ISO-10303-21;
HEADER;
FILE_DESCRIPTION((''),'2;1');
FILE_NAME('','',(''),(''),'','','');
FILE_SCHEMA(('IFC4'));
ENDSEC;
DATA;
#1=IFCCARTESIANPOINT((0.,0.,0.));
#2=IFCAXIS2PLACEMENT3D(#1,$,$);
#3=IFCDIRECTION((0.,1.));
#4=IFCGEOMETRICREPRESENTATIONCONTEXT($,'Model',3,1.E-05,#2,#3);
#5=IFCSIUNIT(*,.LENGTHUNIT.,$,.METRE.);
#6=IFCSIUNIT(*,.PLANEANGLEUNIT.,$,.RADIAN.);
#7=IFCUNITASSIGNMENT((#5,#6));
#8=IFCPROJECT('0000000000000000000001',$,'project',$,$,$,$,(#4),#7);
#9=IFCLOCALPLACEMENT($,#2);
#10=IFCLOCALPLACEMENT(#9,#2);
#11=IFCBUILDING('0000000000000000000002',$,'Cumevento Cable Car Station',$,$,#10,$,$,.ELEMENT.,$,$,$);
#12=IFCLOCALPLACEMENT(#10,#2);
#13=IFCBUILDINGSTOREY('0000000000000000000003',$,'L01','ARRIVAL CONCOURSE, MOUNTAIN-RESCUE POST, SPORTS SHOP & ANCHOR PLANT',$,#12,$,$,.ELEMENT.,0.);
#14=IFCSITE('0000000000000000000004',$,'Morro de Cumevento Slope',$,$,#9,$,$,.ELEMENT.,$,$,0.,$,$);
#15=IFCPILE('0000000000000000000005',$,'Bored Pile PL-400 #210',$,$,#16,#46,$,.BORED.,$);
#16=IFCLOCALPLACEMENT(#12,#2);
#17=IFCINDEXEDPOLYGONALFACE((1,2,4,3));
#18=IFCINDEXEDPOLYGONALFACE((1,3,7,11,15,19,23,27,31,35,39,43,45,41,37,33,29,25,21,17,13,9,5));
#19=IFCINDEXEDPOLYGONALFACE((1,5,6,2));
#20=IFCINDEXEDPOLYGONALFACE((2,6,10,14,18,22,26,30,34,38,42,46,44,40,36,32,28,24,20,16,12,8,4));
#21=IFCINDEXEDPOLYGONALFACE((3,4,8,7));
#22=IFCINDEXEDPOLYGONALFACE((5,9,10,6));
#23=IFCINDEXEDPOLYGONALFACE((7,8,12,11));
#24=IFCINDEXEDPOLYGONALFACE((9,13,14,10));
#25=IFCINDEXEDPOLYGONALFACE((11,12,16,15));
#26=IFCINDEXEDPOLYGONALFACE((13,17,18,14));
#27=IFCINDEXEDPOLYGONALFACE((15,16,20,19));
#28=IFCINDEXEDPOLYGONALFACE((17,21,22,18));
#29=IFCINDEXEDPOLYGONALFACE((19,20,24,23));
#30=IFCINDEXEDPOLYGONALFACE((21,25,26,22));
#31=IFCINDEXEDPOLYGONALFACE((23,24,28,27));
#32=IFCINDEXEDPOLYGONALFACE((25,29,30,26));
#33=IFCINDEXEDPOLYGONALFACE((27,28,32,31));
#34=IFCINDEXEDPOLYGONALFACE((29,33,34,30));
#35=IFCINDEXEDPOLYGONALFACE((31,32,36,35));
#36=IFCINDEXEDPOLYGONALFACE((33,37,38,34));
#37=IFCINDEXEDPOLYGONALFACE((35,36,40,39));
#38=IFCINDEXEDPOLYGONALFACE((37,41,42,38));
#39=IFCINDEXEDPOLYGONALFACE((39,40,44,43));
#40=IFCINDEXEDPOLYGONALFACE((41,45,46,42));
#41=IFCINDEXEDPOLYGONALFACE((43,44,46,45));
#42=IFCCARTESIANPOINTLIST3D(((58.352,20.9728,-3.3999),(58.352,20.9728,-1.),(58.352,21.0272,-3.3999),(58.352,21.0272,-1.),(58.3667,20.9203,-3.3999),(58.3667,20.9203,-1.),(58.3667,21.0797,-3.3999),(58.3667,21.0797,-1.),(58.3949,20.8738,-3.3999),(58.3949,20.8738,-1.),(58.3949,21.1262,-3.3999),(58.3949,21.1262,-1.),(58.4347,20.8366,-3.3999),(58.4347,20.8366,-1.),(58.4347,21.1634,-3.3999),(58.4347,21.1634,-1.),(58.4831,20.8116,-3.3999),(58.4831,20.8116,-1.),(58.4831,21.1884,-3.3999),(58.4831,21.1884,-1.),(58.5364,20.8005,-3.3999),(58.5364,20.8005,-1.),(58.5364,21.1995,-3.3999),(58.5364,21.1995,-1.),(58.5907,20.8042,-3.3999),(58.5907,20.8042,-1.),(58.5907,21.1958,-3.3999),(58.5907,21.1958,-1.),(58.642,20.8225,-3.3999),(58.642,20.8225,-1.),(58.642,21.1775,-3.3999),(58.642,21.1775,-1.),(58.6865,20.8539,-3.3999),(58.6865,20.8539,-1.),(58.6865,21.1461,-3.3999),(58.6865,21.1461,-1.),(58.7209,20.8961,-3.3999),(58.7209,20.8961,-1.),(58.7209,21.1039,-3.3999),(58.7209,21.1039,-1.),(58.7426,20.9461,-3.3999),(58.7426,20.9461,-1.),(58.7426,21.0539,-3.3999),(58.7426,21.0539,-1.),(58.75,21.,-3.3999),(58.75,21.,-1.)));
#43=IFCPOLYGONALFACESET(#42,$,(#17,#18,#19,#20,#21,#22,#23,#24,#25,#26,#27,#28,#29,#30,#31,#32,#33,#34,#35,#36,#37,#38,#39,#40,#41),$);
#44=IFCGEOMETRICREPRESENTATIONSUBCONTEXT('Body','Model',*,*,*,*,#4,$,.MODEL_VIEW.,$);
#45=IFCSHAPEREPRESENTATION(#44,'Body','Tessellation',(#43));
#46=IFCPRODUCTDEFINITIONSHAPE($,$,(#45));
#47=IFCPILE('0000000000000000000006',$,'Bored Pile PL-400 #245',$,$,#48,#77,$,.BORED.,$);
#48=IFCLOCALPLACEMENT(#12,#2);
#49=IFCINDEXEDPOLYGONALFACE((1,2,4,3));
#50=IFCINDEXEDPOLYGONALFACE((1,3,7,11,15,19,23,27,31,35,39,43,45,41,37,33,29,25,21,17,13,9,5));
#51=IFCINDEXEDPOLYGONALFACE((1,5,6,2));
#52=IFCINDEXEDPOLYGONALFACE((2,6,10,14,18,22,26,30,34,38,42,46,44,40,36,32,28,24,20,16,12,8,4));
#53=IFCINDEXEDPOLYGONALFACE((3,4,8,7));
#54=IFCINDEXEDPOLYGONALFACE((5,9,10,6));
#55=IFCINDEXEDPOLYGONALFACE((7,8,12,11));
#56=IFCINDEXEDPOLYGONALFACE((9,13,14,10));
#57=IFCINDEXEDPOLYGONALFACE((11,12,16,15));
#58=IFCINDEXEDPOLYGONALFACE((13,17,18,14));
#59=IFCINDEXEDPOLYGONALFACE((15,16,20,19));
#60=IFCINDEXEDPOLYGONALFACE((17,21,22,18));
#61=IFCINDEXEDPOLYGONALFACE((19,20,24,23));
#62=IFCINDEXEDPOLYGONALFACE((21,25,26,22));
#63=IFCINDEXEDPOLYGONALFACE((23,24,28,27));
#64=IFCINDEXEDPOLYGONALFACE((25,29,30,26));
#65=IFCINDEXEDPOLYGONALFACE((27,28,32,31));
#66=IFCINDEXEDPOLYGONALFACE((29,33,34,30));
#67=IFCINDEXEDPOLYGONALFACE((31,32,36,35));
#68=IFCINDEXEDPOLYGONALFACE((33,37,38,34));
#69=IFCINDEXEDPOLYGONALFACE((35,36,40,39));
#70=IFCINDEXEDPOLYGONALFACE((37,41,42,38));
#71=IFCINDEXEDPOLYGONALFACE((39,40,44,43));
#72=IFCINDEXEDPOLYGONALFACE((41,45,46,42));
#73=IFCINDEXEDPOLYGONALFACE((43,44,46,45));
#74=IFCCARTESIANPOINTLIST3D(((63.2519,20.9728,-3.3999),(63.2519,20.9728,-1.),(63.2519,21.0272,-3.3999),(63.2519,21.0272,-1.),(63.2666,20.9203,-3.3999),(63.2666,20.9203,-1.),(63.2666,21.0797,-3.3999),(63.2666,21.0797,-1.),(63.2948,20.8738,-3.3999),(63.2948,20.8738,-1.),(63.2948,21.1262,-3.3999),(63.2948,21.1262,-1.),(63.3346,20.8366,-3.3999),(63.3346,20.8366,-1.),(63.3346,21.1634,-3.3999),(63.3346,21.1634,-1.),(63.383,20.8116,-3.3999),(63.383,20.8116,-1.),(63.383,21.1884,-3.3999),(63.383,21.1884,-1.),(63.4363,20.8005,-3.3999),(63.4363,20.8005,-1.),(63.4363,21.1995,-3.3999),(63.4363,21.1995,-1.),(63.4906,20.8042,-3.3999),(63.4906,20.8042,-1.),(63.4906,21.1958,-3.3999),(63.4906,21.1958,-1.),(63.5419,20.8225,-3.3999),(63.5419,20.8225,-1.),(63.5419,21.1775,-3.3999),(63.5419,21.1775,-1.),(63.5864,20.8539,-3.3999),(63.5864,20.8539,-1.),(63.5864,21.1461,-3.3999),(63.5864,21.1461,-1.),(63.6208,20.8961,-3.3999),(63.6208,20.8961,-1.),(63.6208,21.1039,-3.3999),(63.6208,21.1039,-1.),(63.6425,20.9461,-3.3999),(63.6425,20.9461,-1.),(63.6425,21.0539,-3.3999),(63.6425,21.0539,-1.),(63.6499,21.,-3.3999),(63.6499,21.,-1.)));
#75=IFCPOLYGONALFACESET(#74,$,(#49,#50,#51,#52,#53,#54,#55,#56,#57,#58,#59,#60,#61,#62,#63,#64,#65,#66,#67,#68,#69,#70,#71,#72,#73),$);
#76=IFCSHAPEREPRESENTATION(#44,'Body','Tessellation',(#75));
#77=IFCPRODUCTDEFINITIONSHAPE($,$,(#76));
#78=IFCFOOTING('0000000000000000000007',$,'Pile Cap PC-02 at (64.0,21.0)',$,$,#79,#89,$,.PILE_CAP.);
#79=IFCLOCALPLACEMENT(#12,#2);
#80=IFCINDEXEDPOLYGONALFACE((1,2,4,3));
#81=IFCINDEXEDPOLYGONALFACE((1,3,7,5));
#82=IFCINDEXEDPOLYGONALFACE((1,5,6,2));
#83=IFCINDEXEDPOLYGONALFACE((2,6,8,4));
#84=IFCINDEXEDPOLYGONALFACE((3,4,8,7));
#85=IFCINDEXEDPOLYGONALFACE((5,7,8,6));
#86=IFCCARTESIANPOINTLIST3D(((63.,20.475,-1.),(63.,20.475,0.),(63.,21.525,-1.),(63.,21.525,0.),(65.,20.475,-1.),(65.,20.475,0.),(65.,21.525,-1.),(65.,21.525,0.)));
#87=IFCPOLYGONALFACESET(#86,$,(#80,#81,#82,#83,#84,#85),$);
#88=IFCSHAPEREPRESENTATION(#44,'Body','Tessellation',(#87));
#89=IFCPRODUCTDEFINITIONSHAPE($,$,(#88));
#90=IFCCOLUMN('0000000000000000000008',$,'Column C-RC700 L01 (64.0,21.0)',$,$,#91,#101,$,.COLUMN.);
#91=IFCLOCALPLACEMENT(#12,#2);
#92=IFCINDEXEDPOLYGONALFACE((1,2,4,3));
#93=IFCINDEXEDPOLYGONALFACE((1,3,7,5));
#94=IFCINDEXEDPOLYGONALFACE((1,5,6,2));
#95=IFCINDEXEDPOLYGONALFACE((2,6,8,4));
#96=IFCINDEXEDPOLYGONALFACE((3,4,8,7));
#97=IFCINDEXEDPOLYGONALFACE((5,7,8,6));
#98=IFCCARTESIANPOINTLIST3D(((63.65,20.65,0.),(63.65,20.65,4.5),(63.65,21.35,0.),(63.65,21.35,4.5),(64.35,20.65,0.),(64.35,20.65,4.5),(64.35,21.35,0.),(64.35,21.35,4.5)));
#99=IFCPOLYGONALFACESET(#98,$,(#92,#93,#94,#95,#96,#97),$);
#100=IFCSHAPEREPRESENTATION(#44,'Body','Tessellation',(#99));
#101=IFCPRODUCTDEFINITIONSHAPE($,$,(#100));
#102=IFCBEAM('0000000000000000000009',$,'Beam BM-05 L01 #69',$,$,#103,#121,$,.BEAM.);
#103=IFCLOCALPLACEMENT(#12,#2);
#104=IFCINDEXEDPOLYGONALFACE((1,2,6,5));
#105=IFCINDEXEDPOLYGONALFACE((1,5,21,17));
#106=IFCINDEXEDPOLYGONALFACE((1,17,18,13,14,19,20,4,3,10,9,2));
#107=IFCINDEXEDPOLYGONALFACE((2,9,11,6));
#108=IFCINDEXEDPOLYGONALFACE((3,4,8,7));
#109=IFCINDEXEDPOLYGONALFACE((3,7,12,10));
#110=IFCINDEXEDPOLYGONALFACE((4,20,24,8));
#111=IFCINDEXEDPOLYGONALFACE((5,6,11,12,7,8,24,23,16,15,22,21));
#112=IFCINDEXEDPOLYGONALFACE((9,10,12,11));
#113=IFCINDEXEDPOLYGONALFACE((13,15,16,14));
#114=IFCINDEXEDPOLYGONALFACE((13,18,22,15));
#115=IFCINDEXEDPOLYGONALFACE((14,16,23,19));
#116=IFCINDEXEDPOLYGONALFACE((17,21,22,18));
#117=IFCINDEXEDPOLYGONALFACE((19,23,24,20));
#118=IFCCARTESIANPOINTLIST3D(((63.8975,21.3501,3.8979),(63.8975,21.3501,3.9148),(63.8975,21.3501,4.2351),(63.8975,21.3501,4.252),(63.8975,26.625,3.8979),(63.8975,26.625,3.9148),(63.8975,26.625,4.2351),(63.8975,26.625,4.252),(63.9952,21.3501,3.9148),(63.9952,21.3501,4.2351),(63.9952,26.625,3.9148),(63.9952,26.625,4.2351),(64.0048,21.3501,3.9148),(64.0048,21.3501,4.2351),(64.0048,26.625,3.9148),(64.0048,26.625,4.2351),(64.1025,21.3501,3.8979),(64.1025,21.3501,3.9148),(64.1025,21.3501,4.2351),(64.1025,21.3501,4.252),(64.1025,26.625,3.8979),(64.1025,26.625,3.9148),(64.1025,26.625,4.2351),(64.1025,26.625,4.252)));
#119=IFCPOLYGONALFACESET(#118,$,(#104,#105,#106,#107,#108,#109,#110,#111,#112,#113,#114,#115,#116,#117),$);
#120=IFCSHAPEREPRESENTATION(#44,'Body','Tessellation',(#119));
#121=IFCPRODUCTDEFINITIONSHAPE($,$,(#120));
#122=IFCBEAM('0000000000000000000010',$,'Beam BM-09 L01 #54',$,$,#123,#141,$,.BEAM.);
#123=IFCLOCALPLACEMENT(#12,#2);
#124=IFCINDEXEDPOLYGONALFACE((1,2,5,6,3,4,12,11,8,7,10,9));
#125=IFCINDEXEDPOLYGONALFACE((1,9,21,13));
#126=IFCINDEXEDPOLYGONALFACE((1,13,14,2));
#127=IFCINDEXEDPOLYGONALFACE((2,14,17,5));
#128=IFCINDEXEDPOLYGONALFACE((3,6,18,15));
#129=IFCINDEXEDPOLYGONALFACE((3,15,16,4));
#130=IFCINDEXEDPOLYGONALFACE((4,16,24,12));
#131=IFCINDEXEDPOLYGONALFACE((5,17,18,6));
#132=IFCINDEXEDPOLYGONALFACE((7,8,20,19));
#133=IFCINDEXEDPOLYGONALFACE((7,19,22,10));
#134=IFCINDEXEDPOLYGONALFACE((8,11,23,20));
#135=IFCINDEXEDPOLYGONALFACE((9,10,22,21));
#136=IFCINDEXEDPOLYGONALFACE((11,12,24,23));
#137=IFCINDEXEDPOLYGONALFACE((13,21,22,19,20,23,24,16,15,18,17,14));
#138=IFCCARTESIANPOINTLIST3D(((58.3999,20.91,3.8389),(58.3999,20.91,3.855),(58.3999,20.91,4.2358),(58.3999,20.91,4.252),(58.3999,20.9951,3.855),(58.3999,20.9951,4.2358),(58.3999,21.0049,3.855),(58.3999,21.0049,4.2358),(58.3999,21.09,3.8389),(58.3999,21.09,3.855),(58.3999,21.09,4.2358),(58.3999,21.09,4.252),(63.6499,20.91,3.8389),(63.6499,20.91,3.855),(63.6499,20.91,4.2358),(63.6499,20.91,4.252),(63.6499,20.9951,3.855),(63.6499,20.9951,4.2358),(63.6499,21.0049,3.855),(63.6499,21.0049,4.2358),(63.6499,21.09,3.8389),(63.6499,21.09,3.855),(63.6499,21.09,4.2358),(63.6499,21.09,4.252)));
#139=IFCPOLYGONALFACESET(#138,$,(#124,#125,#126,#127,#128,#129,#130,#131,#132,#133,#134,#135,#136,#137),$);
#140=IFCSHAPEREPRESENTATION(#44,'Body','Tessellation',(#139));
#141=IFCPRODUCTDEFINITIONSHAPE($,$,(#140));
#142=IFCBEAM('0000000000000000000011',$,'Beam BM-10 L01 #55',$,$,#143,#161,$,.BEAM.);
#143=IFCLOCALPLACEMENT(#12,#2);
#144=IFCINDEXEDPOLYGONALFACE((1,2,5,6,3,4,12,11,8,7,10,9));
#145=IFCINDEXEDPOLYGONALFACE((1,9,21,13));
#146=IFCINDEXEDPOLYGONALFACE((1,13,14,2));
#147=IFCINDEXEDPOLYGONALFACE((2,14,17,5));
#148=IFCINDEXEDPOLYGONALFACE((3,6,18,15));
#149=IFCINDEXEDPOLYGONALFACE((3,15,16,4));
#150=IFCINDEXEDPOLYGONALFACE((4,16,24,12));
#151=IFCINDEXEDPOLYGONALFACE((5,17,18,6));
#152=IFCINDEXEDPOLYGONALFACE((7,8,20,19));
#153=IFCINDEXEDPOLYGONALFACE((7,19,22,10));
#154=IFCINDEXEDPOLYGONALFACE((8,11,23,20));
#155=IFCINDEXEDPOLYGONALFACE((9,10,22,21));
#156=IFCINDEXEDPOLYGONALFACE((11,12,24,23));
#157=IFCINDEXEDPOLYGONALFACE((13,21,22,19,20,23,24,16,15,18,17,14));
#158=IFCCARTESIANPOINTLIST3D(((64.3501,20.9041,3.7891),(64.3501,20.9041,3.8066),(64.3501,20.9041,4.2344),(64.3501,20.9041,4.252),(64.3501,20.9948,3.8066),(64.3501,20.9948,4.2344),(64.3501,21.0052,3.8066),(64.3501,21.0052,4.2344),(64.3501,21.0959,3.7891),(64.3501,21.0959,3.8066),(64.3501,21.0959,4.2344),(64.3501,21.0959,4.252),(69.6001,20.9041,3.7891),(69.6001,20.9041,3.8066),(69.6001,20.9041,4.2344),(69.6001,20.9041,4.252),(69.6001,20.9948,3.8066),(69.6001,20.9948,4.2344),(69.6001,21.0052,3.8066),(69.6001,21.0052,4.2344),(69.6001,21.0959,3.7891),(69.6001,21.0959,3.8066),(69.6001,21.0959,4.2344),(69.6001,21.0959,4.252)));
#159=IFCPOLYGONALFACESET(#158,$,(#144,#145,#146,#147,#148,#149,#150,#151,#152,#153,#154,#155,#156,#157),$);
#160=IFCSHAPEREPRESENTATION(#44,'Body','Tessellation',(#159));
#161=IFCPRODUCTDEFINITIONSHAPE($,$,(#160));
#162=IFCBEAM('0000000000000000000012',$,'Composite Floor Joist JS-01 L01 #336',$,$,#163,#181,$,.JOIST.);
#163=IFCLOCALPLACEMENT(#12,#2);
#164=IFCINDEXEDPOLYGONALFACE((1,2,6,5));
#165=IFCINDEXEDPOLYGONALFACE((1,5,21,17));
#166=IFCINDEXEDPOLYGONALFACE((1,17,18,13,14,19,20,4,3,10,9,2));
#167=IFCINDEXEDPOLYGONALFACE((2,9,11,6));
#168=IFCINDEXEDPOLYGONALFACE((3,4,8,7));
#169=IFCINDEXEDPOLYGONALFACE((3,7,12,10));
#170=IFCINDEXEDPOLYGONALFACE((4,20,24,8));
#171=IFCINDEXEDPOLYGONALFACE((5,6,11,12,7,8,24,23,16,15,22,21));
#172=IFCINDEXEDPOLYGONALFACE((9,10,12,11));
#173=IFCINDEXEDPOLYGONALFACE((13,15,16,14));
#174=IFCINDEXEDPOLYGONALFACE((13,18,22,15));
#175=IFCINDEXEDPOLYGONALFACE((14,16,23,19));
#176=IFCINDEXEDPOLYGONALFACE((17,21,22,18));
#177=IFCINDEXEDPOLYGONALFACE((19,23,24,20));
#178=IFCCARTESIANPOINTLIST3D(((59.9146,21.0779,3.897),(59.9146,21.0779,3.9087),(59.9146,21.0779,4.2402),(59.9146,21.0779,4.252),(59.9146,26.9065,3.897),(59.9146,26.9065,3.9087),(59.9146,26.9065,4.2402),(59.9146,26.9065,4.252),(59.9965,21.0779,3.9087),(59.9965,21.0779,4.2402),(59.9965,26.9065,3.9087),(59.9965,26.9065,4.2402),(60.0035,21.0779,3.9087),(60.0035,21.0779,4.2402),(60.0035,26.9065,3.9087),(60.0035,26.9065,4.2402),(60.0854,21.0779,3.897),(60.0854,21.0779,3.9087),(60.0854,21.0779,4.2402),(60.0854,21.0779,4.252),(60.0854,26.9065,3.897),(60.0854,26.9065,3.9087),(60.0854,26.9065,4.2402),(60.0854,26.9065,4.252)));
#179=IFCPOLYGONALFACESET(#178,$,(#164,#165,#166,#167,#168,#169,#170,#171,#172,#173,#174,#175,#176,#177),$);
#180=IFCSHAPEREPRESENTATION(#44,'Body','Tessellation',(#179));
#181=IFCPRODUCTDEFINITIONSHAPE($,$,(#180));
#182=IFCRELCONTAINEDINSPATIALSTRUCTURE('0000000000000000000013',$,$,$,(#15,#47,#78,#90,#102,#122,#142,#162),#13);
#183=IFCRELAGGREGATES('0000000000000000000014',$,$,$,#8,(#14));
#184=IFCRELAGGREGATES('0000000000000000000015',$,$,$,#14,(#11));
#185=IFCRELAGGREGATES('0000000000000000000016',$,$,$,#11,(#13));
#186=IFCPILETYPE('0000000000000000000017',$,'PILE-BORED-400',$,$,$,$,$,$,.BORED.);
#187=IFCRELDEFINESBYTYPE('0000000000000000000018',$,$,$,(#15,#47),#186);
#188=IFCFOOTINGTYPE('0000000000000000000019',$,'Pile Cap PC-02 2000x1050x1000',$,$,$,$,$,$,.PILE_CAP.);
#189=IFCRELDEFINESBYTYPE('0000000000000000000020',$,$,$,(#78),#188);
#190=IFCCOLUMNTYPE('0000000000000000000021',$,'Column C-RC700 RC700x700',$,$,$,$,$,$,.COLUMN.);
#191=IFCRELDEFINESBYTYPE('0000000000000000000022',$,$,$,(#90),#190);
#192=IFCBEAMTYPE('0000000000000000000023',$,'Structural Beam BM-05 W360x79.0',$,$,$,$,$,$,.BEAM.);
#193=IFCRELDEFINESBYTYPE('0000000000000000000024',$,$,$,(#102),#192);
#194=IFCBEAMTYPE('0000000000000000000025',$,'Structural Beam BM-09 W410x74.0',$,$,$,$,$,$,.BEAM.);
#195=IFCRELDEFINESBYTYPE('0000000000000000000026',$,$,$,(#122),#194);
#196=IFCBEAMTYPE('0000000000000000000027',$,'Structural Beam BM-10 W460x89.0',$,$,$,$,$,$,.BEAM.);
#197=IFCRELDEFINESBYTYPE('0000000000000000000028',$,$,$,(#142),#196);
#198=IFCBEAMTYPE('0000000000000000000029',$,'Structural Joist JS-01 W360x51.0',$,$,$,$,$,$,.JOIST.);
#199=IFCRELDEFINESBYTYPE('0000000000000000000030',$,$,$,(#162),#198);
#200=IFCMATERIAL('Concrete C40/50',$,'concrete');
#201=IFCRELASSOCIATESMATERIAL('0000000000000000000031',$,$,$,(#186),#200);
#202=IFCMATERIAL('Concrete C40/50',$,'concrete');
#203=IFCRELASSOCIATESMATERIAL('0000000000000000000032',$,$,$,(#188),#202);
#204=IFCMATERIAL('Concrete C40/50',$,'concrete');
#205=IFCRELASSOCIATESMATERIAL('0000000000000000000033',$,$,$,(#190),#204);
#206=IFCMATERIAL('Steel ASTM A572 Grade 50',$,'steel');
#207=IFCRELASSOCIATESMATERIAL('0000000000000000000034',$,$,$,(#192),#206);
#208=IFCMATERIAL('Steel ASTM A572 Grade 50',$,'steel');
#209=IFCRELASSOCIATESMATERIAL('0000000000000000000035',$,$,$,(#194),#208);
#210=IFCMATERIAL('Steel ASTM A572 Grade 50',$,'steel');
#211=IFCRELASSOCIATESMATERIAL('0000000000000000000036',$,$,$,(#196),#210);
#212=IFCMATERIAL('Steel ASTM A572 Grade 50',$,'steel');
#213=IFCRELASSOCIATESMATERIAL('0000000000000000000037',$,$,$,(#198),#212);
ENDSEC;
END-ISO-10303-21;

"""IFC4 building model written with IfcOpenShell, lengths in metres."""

from ifc_helpers import new_model, si_unit, direction, frame, origin, origin_2d, place, context, subcontext, project, spatial, rectangle, circle, i_section, extrude, material, material_profile, profile_set, type_object, element, save


model = new_model("IFC4")

# Units and contexts
model_context = context("Model", 3, precision=1e-05, world=origin(), true_north=direction((0.0, 1.0)))
body_context = subcontext(model_context, "Body", "Model", "MODEL_VIEW")
ifc_project = project(units=[si_unit("LENGTHUNIT", "METRE"), si_unit("PLANEANGLEUNIT", "RADIAN")], contexts=[model_context])

# Site, building, storey
site_placement = place(None, origin())
site = spatial("IfcSite", under=ifc_project, at=site_placement, Name="Morro de Cumevento Slope", CompositionType="ELEMENT", RefElevation=0.0)
building_placement = place(site_placement, origin())
building = spatial("IfcBuilding", under=site, at=building_placement, Name="Cumevento Cable Car Station", CompositionType="ELEMENT")
storey_placement = place(building_placement, origin())
storey = spatial("IfcBuildingStorey", under=building, at=storey_placement, Name="L01", Description="ARRIVAL CONCOURSE, MOUNTAIN-RESCUE POST, SPORTS SHOP & ANCHOR PLANT", CompositionType="ELEMENT", Elevation=0.0)

# Piles
ifc_material_1 = material(Name="Concrete C40/50", Category="concrete")
ifc_material_profile_1 = material_profile(ifc_material_1, circle(Radius=0.2, at=origin_2d()), Name="PILE-D400")
ifc_profile_set_1 = profile_set([ifc_material_profile_1], Name="Concrete C40/50")
pile_type = type_object("IfcPileType", Name="PILE-BORED-400", PredefinedType="BORED", material=ifc_profile_set_1)
for number, where, z_axis, x_axis, name in (
    (1, (58.55, 21.0, -1.0), (0.0, 0.0, -1.0), (1.0, 0.0, 0.0), "Bored Pile PL-400 #210"),
    (2, (63.45, 21.0, -1.0), (0.0, 0.0, -1.0), (1.0, 0.0, 0.0), "Bored Pile PL-400 #245"),
):
    element("IfcPile", number, at=place(storey_placement, frame(where, z_axis=z_axis, x_axis=x_axis)), inside=storey, type_object=pile_type, Name=name, PredefinedType="BORED", context=body_context, shape_type="SweptSolid", body=[
        extrude(circle(Radius=0.2, at=origin_2d()), origin(), (0.0, 0.0, 1.0), 2.3999),
    ])

# Footing
ifc_material_2 = material(Name="Concrete C40/50", Category="concrete")
footing_type = type_object("IfcFootingType", Name="Pile Cap PC-02 2000x1050x1000", PredefinedType="PILE_CAP", material=ifc_material_2)
footing_placement = place(storey_placement, frame((64.0, 21.0, -1.0), z_axis=(0.0, 0.0, 1.0), x_axis=(1.0, 0.0, 0.0)))
element("IfcFooting", 3, at=footing_placement, inside=storey, type_object=footing_type, Name="Pile Cap PC-02 at (64.0,21.0)", PredefinedType="PILE_CAP", context=body_context, shape_type="SweptSolid", body=[
    extrude(rectangle(XDim=2.0, YDim=1.05, at=origin_2d()), origin(), (0.0, 0.0, 1.0), 1.0),
])

# Column
ifc_material_3 = material(Name="Concrete C40/50", Category="concrete")
ifc_material_profile_2 = material_profile(ifc_material_3, rectangle(XDim=0.7, YDim=0.7, at=origin_2d()), Name="RC700x700")
ifc_profile_set_2 = profile_set([ifc_material_profile_2], Name="Concrete C40/50")
column_type = type_object("IfcColumnType", Name="Column C-RC700 RC700x700", PredefinedType="COLUMN", material=ifc_profile_set_2)
column_placement = place(storey_placement, frame((64.0, 21.0, 0.0), z_axis=(0.0, 0.0, 1.0), x_axis=(1.0, 0.0, 0.0)))
element("IfcColumn", 4, at=column_placement, inside=storey, type_object=column_type, Name="Column C-RC700 L01 (64.0,21.0)", PredefinedType="COLUMN", context=body_context, shape_type="SweptSolid", body=[
    extrude(rectangle(XDim=0.7, YDim=0.7, at=origin_2d()), origin(), (0.0, 0.0, 1.0), 4.5),
])

# Beams
ifc_material_4 = material(Name="Steel ASTM A572 Grade 50", Category="steel")
ifc_material_profile_3 = material_profile(ifc_material_4, i_section(OverallWidth=0.2051, OverallDepth=0.354, WebThickness=0.0095, FlangeThickness=0.0168, at=origin_2d()), Name="W360x79.0")
ifc_profile_set_3 = profile_set([ifc_material_profile_3], Name="Steel ASTM A572 Grade 50")
beam_type_1 = type_object("IfcBeamType", Name="Structural Beam BM-05 W360x79.0", PredefinedType="BEAM", material=ifc_profile_set_3)
beam_1_placement = place(storey_placement, frame((64.0, 21.3501, 4.075), z_axis=(0.0, 1.0, 0.0), x_axis=(-1.0, 0.0, 0.0)))
element("IfcBeam", 5, at=beam_1_placement, inside=storey, type_object=beam_type_1, Name="Beam BM-05 L01 #69", PredefinedType="BEAM", context=body_context, shape_type="SweptSolid", body=[
    extrude(i_section(OverallWidth=0.2051, OverallDepth=0.354, WebThickness=0.0095, FlangeThickness=0.0168, at=origin_2d()), origin(), (0.0, 0.0, 1.0), 5.2749),
])
ifc_material_5 = material(Name="Steel ASTM A572 Grade 50", Category="steel")
ifc_material_profile_4 = material_profile(ifc_material_5, i_section(OverallWidth=0.1799, OverallDepth=0.4131, WebThickness=0.0098, FlangeThickness=0.0161, at=origin_2d()), Name="W410x74.0")
ifc_profile_set_4 = profile_set([ifc_material_profile_4], Name="Steel ASTM A572 Grade 50")
beam_type_2 = type_object("IfcBeamType", Name="Structural Beam BM-09 W410x74.0", PredefinedType="BEAM", material=ifc_profile_set_4)
beam_2_placement = place(storey_placement, frame((58.3999, 21.0, 4.0454), z_axis=(1.0, 0.0, 0.0), x_axis=(0.0, 1.0, 0.0)))
element("IfcBeam", 6, at=beam_2_placement, inside=storey, type_object=beam_type_2, Name="Beam BM-09 L01 #54", PredefinedType="BEAM", context=body_context, shape_type="SweptSolid", body=[
    extrude(i_section(OverallWidth=0.1799, OverallDepth=0.4131, WebThickness=0.0098, FlangeThickness=0.0161, at=origin_2d()), origin(), (0.0, 0.0, 1.0), 5.25),
])
ifc_material_6 = material(Name="Steel ASTM A572 Grade 50", Category="steel")
ifc_material_profile_5 = material_profile(ifc_material_6, i_section(OverallWidth=0.1919, OverallDepth=0.4629, WebThickness=0.0105, FlangeThickness=0.0176, at=origin_2d()), Name="W460x89.0")
ifc_profile_set_5 = profile_set([ifc_material_profile_5], Name="Steel ASTM A572 Grade 50")
beam_type_3 = type_object("IfcBeamType", Name="Structural Beam BM-10 W460x89.0", PredefinedType="BEAM", material=ifc_profile_set_5)
beam_3_placement = place(storey_placement, frame((64.3501, 21.0, 4.0205), z_axis=(1.0, 0.0, 0.0), x_axis=(0.0, 1.0, 0.0)))
element("IfcBeam", 7, at=beam_3_placement, inside=storey, type_object=beam_type_3, Name="Beam BM-10 L01 #55", PredefinedType="BEAM", context=body_context, shape_type="SweptSolid", body=[
    extrude(i_section(OverallWidth=0.1919, OverallDepth=0.4629, WebThickness=0.0105, FlangeThickness=0.0176, at=origin_2d()), origin(), (0.0, 0.0, 1.0), 5.25),
])
ifc_material_7 = material(Name="Steel ASTM A572 Grade 50", Category="steel")
ifc_material_profile_6 = material_profile(ifc_material_7, i_section(OverallWidth=0.1709, OverallDepth=0.355, WebThickness=0.0071, FlangeThickness=0.0117, at=origin_2d()), Name="W360x51.0")
ifc_profile_set_6 = profile_set([ifc_material_profile_6], Name="Steel ASTM A572 Grade 50")
beam_type_4 = type_object("IfcBeamType", Name="Structural Joist JS-01 W360x51.0", PredefinedType="JOIST", material=ifc_profile_set_6)
for number, where, z_axis, x_axis, name in (
    (8, (60.0, 21.0779, 4.0745), (0.0, 1.0, 0.0), (-1.0, 0.0, 0.0), "Composite Floor Joist JS-01 L01 #336"),
):
    element("IfcBeam", number, at=place(storey_placement, frame(where, z_axis=z_axis, x_axis=x_axis)), inside=storey, type_object=beam_type_4, Name=name, PredefinedType="JOIST", context=body_context, shape_type="SweptSolid", body=[
        extrude(i_section(OverallWidth=0.1709, OverallDepth=0.355, WebThickness=0.0071, FlangeThickness=0.0117, at=origin_2d()), origin(), (0.0, 0.0, 1.0), 5.8286),
    ])

save(model, "model.ifc")
